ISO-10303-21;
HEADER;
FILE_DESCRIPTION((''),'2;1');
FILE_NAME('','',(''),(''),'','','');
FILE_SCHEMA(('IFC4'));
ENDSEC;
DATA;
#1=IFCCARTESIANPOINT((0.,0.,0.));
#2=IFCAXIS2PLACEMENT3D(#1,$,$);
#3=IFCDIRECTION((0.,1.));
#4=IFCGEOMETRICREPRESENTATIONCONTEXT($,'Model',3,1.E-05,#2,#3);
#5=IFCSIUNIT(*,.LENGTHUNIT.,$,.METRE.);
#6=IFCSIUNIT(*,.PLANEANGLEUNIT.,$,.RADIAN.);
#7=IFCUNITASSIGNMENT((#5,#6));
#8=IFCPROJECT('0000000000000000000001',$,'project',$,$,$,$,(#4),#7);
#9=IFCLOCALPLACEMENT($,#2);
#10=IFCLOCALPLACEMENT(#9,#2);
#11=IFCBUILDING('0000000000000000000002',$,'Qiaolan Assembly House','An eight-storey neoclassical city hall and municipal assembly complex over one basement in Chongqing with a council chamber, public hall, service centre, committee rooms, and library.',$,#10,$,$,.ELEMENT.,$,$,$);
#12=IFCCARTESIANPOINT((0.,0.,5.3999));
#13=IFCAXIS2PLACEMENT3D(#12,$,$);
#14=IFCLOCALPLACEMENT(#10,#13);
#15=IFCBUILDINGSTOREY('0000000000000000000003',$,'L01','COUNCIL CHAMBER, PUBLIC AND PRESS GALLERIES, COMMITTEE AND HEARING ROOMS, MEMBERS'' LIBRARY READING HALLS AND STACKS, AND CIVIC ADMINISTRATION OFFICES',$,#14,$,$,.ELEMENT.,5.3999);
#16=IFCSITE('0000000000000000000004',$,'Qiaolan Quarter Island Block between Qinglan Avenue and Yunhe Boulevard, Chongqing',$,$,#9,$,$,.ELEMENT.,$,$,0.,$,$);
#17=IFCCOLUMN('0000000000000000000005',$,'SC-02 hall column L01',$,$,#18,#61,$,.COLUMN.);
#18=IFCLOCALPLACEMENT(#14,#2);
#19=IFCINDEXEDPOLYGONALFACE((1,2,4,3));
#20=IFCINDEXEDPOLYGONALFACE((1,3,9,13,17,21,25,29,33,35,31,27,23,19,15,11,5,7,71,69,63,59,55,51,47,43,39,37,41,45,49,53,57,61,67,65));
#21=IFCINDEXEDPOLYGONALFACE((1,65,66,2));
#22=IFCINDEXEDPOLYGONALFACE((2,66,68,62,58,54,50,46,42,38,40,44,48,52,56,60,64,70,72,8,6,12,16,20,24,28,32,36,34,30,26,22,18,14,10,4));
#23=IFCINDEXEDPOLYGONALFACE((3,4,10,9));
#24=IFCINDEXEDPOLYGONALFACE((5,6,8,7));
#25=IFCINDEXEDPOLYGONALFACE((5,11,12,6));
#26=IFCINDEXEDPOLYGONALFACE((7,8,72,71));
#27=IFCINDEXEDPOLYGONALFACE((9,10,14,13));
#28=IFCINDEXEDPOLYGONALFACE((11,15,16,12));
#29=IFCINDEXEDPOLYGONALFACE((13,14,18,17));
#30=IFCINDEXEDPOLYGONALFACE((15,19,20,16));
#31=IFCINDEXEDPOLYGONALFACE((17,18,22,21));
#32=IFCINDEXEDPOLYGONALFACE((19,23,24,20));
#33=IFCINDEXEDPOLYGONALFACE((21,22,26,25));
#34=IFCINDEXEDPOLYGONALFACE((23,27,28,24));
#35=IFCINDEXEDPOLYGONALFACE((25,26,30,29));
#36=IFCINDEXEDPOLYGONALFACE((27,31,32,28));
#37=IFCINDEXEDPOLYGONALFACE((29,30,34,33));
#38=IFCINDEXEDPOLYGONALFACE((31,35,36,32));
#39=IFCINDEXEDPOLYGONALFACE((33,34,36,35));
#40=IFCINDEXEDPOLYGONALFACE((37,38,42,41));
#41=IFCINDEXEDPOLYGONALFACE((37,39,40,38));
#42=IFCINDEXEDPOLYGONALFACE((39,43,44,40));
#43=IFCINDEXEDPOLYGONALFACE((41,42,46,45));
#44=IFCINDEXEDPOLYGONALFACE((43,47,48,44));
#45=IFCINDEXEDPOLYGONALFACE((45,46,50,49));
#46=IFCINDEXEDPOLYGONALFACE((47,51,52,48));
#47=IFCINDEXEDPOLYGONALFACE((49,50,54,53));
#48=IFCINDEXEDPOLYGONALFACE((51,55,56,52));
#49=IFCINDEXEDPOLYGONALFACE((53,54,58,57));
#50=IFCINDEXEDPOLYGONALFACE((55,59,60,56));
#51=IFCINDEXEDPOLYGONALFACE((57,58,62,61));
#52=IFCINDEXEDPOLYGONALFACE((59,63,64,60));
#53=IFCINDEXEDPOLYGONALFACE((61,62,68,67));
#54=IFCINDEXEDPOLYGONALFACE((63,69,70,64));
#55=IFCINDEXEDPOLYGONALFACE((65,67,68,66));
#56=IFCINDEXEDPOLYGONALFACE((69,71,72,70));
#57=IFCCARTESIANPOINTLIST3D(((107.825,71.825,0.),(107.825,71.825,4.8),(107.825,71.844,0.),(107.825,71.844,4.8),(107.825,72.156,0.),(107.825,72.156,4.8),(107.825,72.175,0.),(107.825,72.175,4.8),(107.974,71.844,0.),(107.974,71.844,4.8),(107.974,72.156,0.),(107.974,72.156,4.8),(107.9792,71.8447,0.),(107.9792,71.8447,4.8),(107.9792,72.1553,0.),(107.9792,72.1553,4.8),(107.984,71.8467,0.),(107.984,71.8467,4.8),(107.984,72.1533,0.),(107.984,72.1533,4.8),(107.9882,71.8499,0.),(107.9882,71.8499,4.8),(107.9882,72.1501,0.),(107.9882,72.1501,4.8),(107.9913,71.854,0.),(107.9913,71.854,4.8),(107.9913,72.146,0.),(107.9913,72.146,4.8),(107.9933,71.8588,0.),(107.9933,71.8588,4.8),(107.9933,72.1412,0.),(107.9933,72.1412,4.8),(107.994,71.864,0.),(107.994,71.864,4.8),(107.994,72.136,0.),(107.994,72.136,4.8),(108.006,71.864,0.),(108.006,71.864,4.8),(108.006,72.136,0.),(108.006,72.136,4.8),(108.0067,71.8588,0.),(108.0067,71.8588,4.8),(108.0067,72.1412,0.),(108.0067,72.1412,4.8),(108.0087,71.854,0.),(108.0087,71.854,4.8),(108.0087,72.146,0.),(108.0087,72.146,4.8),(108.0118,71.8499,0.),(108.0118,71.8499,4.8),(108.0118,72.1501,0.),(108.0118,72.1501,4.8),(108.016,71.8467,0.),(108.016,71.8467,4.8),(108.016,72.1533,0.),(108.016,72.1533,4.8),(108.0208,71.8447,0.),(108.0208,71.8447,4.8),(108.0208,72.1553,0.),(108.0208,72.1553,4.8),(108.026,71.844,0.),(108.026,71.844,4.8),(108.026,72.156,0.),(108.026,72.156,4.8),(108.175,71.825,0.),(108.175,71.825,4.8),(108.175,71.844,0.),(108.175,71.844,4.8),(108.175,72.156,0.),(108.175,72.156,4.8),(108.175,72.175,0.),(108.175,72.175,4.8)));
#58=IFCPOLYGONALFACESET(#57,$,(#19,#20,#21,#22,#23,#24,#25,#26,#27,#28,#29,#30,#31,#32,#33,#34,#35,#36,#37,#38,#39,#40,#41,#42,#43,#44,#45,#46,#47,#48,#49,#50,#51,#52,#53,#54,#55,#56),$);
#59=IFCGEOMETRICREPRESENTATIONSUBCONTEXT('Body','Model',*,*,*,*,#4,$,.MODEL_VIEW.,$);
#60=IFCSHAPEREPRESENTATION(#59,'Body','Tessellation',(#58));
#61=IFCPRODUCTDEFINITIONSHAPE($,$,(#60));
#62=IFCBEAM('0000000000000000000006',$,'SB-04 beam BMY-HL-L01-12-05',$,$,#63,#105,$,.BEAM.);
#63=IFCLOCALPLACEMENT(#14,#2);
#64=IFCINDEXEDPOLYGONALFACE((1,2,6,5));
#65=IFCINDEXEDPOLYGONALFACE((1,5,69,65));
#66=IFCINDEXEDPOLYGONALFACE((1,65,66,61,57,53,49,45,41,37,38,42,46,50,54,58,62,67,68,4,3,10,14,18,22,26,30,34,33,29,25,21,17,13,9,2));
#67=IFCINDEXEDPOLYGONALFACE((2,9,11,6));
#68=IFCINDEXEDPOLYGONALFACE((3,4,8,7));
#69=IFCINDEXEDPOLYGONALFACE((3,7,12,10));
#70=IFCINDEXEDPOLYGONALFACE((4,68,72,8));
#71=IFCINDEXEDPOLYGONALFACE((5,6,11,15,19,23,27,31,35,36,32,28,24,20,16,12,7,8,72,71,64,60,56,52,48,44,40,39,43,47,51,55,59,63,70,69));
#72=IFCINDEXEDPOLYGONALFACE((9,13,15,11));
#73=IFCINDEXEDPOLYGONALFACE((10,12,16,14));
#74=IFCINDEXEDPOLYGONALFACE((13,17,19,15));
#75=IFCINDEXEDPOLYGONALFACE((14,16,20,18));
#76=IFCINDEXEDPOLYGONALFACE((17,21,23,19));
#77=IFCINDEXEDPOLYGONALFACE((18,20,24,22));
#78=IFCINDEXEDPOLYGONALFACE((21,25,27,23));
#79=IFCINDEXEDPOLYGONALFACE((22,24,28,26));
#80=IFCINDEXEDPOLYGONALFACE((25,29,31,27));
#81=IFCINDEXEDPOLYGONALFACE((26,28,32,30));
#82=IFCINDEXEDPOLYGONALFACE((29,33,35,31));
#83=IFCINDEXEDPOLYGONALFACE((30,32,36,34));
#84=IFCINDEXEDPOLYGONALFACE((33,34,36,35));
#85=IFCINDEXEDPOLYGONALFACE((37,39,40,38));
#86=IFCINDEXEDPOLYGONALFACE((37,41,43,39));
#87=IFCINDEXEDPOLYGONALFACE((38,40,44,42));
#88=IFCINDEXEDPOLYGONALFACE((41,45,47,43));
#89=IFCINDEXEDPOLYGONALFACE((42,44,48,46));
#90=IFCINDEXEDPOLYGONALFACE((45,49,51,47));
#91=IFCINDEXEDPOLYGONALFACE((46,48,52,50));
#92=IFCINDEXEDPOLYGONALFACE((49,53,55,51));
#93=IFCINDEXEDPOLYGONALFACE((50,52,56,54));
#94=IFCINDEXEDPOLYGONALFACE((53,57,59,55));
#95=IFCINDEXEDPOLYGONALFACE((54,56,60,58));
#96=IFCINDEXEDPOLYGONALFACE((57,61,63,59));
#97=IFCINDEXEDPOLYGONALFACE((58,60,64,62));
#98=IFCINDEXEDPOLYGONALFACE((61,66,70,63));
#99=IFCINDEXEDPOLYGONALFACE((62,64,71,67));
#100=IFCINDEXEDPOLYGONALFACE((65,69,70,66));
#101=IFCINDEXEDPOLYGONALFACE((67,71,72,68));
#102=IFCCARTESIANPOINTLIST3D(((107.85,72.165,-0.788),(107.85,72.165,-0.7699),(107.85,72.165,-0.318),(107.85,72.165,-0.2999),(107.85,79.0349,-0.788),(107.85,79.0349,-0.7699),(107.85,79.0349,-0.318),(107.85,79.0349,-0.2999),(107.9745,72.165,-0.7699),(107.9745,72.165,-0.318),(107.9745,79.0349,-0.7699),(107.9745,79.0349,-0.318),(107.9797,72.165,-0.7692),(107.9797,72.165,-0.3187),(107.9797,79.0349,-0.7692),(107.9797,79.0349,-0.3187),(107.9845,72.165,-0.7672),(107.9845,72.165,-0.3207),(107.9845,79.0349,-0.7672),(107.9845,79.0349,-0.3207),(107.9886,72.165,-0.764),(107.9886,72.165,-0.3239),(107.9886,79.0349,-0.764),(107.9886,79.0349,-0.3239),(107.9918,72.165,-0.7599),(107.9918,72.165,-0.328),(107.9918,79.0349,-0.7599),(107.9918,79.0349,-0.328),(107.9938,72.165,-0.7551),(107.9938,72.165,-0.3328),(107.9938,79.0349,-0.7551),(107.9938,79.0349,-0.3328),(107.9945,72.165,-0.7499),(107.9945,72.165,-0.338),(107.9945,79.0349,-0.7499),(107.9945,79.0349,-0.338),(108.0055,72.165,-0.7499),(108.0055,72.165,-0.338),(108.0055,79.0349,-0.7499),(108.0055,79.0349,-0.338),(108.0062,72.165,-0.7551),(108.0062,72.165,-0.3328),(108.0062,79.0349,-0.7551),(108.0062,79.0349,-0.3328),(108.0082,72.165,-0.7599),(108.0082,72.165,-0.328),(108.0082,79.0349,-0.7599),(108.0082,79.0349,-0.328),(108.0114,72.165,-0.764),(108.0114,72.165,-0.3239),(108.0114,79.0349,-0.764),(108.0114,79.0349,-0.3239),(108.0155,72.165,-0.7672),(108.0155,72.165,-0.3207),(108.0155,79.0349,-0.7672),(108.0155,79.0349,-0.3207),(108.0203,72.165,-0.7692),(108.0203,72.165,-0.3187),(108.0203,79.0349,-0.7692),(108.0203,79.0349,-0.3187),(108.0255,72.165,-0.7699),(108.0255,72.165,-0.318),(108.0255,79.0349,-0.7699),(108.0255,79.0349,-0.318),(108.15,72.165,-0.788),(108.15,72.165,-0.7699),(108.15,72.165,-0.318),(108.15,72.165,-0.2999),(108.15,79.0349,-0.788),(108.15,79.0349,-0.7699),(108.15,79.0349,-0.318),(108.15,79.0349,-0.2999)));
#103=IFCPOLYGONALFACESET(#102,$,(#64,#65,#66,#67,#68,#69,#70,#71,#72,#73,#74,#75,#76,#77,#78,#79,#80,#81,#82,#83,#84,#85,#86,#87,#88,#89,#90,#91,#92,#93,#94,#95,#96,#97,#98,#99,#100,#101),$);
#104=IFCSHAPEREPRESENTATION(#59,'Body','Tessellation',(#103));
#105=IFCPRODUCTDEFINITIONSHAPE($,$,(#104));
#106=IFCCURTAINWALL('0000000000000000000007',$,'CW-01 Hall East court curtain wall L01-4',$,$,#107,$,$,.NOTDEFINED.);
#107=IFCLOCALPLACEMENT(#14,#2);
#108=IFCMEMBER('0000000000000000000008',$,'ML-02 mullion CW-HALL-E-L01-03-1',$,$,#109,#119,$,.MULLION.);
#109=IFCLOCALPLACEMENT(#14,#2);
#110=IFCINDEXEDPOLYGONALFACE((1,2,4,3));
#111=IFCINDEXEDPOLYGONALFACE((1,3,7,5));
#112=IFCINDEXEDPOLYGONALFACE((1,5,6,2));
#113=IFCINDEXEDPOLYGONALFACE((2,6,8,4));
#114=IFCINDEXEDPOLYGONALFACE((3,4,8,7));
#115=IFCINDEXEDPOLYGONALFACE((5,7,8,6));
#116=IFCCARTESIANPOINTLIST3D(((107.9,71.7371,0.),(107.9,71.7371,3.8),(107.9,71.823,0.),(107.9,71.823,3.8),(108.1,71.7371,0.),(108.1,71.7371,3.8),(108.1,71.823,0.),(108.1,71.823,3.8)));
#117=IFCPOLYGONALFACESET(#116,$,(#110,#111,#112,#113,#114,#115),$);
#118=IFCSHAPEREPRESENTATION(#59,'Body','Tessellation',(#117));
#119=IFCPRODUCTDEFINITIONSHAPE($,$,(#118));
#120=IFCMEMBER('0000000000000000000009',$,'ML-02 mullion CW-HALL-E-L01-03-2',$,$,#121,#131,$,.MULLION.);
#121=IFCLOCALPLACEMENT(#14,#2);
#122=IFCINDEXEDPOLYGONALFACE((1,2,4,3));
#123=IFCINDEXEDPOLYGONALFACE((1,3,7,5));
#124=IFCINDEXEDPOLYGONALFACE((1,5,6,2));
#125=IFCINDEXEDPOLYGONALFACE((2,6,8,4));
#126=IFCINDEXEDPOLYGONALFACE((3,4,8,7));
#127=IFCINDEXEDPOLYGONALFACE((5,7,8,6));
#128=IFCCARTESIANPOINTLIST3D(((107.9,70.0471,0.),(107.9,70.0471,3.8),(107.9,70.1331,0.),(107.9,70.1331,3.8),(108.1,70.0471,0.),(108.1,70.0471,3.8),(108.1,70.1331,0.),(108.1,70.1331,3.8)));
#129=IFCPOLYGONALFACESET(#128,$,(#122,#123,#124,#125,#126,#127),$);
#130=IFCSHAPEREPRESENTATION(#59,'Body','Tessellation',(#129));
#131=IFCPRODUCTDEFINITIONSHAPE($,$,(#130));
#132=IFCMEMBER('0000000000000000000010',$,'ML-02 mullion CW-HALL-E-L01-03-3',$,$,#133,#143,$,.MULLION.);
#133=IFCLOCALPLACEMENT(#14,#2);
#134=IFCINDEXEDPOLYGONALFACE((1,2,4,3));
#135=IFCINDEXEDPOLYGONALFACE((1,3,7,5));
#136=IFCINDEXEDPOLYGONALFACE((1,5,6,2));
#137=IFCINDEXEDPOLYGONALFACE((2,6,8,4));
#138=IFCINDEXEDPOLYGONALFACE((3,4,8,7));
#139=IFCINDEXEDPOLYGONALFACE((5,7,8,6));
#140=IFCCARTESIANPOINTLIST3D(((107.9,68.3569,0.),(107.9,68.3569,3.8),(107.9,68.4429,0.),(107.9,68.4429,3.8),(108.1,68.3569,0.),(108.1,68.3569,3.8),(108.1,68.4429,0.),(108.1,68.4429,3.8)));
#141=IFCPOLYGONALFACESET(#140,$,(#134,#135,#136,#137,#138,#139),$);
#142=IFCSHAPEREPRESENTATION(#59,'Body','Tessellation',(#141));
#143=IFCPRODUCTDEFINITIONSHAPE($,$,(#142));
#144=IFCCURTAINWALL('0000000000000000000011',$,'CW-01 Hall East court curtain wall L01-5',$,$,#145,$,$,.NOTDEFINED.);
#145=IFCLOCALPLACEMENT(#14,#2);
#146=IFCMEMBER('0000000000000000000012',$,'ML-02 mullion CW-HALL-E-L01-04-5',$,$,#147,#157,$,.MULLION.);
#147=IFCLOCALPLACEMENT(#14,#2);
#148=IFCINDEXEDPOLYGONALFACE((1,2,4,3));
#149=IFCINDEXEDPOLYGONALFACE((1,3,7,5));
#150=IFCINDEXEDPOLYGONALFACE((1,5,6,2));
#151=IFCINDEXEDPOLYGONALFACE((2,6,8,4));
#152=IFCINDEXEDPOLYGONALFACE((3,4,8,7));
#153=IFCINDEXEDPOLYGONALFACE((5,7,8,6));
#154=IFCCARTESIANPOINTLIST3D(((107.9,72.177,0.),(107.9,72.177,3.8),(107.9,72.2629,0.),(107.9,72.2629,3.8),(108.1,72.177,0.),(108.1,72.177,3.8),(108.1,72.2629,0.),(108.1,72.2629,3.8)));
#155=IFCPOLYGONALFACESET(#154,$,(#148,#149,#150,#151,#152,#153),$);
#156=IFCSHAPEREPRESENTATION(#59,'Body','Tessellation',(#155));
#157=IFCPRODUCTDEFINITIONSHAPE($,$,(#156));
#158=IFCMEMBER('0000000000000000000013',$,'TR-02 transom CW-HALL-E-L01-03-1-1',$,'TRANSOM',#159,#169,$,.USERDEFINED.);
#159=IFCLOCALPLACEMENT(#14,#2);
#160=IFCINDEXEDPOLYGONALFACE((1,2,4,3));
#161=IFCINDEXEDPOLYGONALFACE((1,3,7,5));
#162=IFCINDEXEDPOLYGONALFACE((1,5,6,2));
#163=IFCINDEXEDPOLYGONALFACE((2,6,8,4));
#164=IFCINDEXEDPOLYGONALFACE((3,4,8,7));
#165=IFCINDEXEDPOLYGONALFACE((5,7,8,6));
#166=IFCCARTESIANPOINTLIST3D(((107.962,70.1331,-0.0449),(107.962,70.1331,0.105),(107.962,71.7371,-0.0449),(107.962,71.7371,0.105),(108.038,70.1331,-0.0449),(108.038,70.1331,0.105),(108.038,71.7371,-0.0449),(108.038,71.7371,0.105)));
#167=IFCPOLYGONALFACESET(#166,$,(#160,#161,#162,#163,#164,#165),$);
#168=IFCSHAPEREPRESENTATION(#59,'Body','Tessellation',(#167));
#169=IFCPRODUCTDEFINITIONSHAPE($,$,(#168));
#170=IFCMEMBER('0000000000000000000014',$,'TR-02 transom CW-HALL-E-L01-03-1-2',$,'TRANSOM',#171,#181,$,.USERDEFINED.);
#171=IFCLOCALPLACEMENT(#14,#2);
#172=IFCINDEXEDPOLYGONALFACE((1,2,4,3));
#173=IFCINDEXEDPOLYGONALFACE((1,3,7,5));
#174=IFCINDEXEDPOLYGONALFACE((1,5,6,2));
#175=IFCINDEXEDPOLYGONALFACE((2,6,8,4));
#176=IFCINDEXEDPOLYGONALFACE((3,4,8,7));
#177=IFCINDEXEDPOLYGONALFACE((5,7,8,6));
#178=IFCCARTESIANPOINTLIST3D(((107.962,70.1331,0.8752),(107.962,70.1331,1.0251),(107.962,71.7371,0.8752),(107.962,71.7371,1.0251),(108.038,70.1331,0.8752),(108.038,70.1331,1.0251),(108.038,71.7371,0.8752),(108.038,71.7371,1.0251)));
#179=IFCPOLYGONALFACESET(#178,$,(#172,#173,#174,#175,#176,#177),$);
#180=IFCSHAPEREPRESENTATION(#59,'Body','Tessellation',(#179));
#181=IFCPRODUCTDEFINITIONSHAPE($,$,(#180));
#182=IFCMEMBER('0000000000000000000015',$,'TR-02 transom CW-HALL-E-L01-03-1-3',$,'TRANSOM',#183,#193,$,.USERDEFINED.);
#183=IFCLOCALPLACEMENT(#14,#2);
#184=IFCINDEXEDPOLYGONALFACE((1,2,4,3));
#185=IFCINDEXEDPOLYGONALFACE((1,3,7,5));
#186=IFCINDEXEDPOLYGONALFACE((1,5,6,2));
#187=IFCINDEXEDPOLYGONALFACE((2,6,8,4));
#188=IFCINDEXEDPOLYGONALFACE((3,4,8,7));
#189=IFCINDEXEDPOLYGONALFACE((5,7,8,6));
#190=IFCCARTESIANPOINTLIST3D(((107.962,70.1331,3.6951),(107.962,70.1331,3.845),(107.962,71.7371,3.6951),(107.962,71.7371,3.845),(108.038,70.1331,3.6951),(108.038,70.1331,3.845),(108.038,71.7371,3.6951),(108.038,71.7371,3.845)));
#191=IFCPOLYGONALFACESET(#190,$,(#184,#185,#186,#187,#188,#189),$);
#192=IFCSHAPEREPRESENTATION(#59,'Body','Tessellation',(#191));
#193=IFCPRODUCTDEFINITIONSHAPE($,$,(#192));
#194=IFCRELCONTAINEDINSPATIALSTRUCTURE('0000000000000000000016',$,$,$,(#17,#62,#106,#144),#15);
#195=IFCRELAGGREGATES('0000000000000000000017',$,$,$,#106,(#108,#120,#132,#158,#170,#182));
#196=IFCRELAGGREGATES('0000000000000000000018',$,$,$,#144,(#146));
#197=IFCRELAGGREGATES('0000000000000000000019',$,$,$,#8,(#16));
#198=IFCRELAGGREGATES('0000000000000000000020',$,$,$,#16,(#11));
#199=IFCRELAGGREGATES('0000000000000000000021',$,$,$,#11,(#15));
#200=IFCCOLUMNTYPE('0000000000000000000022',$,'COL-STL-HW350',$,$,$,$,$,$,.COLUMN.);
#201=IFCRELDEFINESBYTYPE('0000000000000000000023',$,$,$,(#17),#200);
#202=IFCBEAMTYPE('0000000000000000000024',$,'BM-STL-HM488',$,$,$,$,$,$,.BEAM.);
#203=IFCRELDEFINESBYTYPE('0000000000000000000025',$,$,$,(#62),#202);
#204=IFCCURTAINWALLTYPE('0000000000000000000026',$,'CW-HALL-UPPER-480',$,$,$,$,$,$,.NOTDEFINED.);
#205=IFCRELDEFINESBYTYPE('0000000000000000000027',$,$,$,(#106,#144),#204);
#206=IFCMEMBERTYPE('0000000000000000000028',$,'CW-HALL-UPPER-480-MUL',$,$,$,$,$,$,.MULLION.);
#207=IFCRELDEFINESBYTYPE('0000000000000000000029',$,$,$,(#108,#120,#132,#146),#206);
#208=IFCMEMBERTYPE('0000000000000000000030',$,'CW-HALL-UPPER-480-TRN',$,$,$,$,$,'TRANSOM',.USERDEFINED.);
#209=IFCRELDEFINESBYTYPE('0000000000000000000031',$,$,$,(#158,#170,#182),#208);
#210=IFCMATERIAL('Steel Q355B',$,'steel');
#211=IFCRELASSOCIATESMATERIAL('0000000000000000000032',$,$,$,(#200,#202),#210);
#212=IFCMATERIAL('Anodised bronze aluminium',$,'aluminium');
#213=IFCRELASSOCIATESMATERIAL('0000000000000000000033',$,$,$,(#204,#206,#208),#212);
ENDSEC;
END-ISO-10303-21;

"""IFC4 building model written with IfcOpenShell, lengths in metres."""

from ifc_helpers import new_model, si_unit, direction, frame, origin, origin_2d, place, context, subcontext, project, spatial, rectangle, i_section, extrude, material, material_profile, profile_set, type_object, element, aggregate, save


model = new_model("IFC4")

# Units and contexts
model_context = context("Model", 3, precision=1e-05, world=origin(), true_north=direction((0.0, 1.0)))
body_context = subcontext(model_context, "Body", "Model", "MODEL_VIEW")
ifc_project = project(units=[si_unit("LENGTHUNIT", "METRE"), si_unit("PLANEANGLEUNIT", "RADIAN")], contexts=[model_context])

# Site, building, storey
site_placement = place(None, origin())
site = spatial("IfcSite", under=ifc_project, at=site_placement, Name="Qiaolan Quarter Island Block between Qinglan Avenue and Yunhe Boulevard, Chongqing", CompositionType="ELEMENT", RefElevation=0.0)
building_placement = place(site_placement, origin())
building = spatial("IfcBuilding", under=site, at=building_placement, Name="Qiaolan Assembly House", Description="An eight-storey neoclassical city hall and municipal assembly complex over one basement in Chongqing with a council chamber, public hall, service centre, committee rooms, and library.", CompositionType="ELEMENT")
storey_placement = place(building_placement, frame((0.0, 0.0, 5.3999)))
storey = spatial("IfcBuildingStorey", under=building, at=storey_placement, Name="L01", Description="COUNCIL CHAMBER, PUBLIC AND PRESS GALLERIES, COMMITTEE AND HEARING ROOMS, MEMBERS' LIBRARY READING HALLS AND STACKS, AND CIVIC ADMINISTRATION OFFICES", CompositionType="ELEMENT", Elevation=5.3999)

# Column
ifc_material_1 = material(Name="Steel Q355B", Category="steel")
ifc_material_profile_1 = material_profile(ifc_material_1, i_section(OverallWidth=0.3501, OverallDepth=0.3501, WebThickness=0.012, FlangeThickness=0.019, FilletRadius=0.02, at=origin_2d()), Name="HW 350x350x12x19")
ifc_profile_set_1 = profile_set([ifc_material_profile_1], Name="Steel Q355B")
column_type = type_object("IfcColumnType", Name="COL-STL-HW350", PredefinedType="COLUMN", material=ifc_profile_set_1)
column_placement = place(storey_placement, frame((108.0, 72.0, 0.0), z_axis=(0.0, 0.0, 1.0), x_axis=(1.0, 0.0, 0.0)))
element("IfcColumn", 1, at=column_placement, inside=storey, type_object=column_type, Name="SC-02 hall column L01", PredefinedType="COLUMN", context=body_context, shape_type="SweptSolid", body=[
    extrude(i_section(OverallWidth=0.3501, OverallDepth=0.3501, WebThickness=0.012, FlangeThickness=0.019, FilletRadius=0.02, at=origin_2d()), origin(), (0.0, 0.0, 1.0), 4.8),
])

# Beam
ifc_material_profile_2 = material_profile(ifc_material_1, i_section(OverallWidth=0.3, OverallDepth=0.488, WebThickness=0.011, FlangeThickness=0.0181, FilletRadius=0.02, at=origin_2d()), Name="HM 488x300x11x18")
ifc_profile_set_2 = profile_set([ifc_material_profile_2], Name="Steel Q355B")
beam_type = type_object("IfcBeamType", Name="BM-STL-HM488", PredefinedType="BEAM", material=ifc_profile_set_2)
beam_placement = place(storey_placement, frame((108.0, 72.165, -0.5439), z_axis=(0.0, 1.0, 0.0), x_axis=(-1.0, 0.0, 0.0)))
element("IfcBeam", 2, at=beam_placement, inside=storey, type_object=beam_type, Name="SB-04 beam BMY-HL-L01-12-05", PredefinedType="BEAM", context=body_context, shape_type="SweptSolid", body=[
    extrude(i_section(OverallWidth=0.3, OverallDepth=0.488, WebThickness=0.011, FlangeThickness=0.0181, FilletRadius=0.02, at=origin_2d()), origin(), (0.0, 0.0, 1.0), 6.8699),
])

# Curtain wall, members
ifc_material_2 = material(Name="Anodised bronze aluminium", Category="aluminium")
curtain_wall_type = type_object("IfcCurtainWallType", Name="CW-HALL-UPPER-480", PredefinedType="NOTDEFINED", material=ifc_material_2)
curtain_wall_1_placement = place(storey_placement, origin())
curtain_wall_1 = element("IfcCurtainWall", 3, at=curtain_wall_1_placement, inside=storey, type_object=curtain_wall_type, Name="CW-01 Hall East court curtain wall L01-4", PredefinedType="NOTDEFINED")
ifc_material_profile_3 = material_profile(ifc_material_2, rectangle(XDim=0.0859, YDim=0.2, at=origin_2d()), Name="MUL 86x200")
ifc_profile_set_3 = profile_set([ifc_material_profile_3], Name="Anodised bronze aluminium")
member_type_1 = type_object("IfcMemberType", Name="CW-HALL-UPPER-480-MUL", PredefinedType="MULLION", material=ifc_profile_set_3)
member_1_placement = place(storey_placement, frame((108.0, 71.78, 0.0), z_axis=(0.0, 0.0, 1.0), x_axis=(0.0, -1.0, 0.0)))
member_1 = element("IfcMember", 4, at=member_1_placement, type_object=member_type_1, Name="ML-02 mullion CW-HALL-E-L01-03-1", PredefinedType="MULLION", context=body_context, shape_type="SweptSolid", body=[
    extrude(rectangle(XDim=0.0859, YDim=0.2, at=origin_2d()), origin(), (0.0, 0.0, 1.0), 3.8),
])
member_2_placement = place(storey_placement, frame((108.0, 70.0901, 0.0), z_axis=(0.0, 0.0, 1.0), x_axis=(0.0, -1.0, 0.0)))
member_2 = element("IfcMember", 5, at=member_2_placement, type_object=member_type_1, Name="ML-02 mullion CW-HALL-E-L01-03-2", PredefinedType="MULLION", context=body_context, shape_type="SweptSolid", body=[
    extrude(rectangle(XDim=0.0859, YDim=0.2, at=origin_2d()), origin(), (0.0, 0.0, 1.0), 3.8),
])
member_3_placement = place(storey_placement, frame((108.0, 68.3999, 0.0), z_axis=(0.0, 0.0, 1.0), x_axis=(0.0, -1.0, 0.0)))
member_3 = element("IfcMember", 6, at=member_3_placement, type_object=member_type_1, Name="ML-02 mullion CW-HALL-E-L01-03-3", PredefinedType="MULLION", context=body_context, shape_type="SweptSolid", body=[
    extrude(rectangle(XDim=0.0859, YDim=0.2, at=origin_2d()), origin(), (0.0, 0.0, 1.0), 3.8),
])

# Curtain wall, member
curtain_wall_2_placement = place(storey_placement, origin())
curtain_wall_2 = element("IfcCurtainWall", 7, at=curtain_wall_2_placement, inside=storey, type_object=curtain_wall_type, Name="CW-01 Hall East court curtain wall L01-5", PredefinedType="NOTDEFINED")
member_4_placement = place(storey_placement, frame((108.0, 72.22, 0.0), z_axis=(0.0, 0.0, 1.0), x_axis=(0.0, -1.0, 0.0)))
member_4 = element("IfcMember", 8, at=member_4_placement, type_object=member_type_1, Name="ML-02 mullion CW-HALL-E-L01-04-5", PredefinedType="MULLION", context=body_context, shape_type="SweptSolid", body=[
    extrude(rectangle(XDim=0.0859, YDim=0.2, at=origin_2d()), origin(), (0.0, 0.0, 1.0), 3.8),
])

# Members
ifc_material_profile_4 = material_profile(ifc_material_2, rectangle(XDim=0.0759, YDim=0.1499, at=origin_2d()), Name="TRN 76x150")
ifc_profile_set_4 = profile_set([ifc_material_profile_4], Name="Anodised bronze aluminium")
member_type_2 = type_object("IfcMemberType", Name="CW-HALL-UPPER-480-TRN", ElementType="TRANSOM", PredefinedType="USERDEFINED", material=ifc_profile_set_4)
member_5_placement = place(storey_placement, frame((108.0, 71.7371, 0.03), z_axis=(0.0, -1.0, 0.0), x_axis=(1.0, 0.0, 0.0)))
member_5 = element("IfcMember", 9, at=member_5_placement, type_object=member_type_2, Name="TR-02 transom CW-HALL-E-L01-03-1-1", ObjectType="TRANSOM", PredefinedType="USERDEFINED", context=body_context, shape_type="SweptSolid", body=[
    extrude(rectangle(XDim=0.0759, YDim=0.1499, at=origin_2d()), origin(), (0.0, 0.0, 1.0), 1.604),
])
member_6_placement = place(storey_placement, frame((108.0, 71.7371, 0.9502), z_axis=(0.0, -1.0, 0.0), x_axis=(1.0, 0.0, 0.0)))
member_6 = element("IfcMember", 10, at=member_6_placement, type_object=member_type_2, Name="TR-02 transom CW-HALL-E-L01-03-1-2", ObjectType="TRANSOM", PredefinedType="USERDEFINED", context=body_context, shape_type="SweptSolid", body=[
    extrude(rectangle(XDim=0.0759, YDim=0.1499, at=origin_2d()), origin(), (0.0, 0.0, 1.0), 1.604),
])
member_7_placement = place(storey_placement, frame((108.0, 71.7371, 3.77), z_axis=(0.0, -1.0, 0.0), x_axis=(1.0, 0.0, 0.0)))
member_7 = element("IfcMember", 11, at=member_7_placement, type_object=member_type_2, Name="TR-02 transom CW-HALL-E-L01-03-1-3", ObjectType="TRANSOM", PredefinedType="USERDEFINED", context=body_context, shape_type="SweptSolid", body=[
    extrude(rectangle(XDim=0.0759, YDim=0.1499, at=origin_2d()), origin(), (0.0, 0.0, 1.0), 1.604),
])

aggregate(curtain_wall_1, [member_1, member_2, member_3, member_5, member_6, member_7])
aggregate(curtain_wall_2, [member_4])

save(model, "model.ifc")
